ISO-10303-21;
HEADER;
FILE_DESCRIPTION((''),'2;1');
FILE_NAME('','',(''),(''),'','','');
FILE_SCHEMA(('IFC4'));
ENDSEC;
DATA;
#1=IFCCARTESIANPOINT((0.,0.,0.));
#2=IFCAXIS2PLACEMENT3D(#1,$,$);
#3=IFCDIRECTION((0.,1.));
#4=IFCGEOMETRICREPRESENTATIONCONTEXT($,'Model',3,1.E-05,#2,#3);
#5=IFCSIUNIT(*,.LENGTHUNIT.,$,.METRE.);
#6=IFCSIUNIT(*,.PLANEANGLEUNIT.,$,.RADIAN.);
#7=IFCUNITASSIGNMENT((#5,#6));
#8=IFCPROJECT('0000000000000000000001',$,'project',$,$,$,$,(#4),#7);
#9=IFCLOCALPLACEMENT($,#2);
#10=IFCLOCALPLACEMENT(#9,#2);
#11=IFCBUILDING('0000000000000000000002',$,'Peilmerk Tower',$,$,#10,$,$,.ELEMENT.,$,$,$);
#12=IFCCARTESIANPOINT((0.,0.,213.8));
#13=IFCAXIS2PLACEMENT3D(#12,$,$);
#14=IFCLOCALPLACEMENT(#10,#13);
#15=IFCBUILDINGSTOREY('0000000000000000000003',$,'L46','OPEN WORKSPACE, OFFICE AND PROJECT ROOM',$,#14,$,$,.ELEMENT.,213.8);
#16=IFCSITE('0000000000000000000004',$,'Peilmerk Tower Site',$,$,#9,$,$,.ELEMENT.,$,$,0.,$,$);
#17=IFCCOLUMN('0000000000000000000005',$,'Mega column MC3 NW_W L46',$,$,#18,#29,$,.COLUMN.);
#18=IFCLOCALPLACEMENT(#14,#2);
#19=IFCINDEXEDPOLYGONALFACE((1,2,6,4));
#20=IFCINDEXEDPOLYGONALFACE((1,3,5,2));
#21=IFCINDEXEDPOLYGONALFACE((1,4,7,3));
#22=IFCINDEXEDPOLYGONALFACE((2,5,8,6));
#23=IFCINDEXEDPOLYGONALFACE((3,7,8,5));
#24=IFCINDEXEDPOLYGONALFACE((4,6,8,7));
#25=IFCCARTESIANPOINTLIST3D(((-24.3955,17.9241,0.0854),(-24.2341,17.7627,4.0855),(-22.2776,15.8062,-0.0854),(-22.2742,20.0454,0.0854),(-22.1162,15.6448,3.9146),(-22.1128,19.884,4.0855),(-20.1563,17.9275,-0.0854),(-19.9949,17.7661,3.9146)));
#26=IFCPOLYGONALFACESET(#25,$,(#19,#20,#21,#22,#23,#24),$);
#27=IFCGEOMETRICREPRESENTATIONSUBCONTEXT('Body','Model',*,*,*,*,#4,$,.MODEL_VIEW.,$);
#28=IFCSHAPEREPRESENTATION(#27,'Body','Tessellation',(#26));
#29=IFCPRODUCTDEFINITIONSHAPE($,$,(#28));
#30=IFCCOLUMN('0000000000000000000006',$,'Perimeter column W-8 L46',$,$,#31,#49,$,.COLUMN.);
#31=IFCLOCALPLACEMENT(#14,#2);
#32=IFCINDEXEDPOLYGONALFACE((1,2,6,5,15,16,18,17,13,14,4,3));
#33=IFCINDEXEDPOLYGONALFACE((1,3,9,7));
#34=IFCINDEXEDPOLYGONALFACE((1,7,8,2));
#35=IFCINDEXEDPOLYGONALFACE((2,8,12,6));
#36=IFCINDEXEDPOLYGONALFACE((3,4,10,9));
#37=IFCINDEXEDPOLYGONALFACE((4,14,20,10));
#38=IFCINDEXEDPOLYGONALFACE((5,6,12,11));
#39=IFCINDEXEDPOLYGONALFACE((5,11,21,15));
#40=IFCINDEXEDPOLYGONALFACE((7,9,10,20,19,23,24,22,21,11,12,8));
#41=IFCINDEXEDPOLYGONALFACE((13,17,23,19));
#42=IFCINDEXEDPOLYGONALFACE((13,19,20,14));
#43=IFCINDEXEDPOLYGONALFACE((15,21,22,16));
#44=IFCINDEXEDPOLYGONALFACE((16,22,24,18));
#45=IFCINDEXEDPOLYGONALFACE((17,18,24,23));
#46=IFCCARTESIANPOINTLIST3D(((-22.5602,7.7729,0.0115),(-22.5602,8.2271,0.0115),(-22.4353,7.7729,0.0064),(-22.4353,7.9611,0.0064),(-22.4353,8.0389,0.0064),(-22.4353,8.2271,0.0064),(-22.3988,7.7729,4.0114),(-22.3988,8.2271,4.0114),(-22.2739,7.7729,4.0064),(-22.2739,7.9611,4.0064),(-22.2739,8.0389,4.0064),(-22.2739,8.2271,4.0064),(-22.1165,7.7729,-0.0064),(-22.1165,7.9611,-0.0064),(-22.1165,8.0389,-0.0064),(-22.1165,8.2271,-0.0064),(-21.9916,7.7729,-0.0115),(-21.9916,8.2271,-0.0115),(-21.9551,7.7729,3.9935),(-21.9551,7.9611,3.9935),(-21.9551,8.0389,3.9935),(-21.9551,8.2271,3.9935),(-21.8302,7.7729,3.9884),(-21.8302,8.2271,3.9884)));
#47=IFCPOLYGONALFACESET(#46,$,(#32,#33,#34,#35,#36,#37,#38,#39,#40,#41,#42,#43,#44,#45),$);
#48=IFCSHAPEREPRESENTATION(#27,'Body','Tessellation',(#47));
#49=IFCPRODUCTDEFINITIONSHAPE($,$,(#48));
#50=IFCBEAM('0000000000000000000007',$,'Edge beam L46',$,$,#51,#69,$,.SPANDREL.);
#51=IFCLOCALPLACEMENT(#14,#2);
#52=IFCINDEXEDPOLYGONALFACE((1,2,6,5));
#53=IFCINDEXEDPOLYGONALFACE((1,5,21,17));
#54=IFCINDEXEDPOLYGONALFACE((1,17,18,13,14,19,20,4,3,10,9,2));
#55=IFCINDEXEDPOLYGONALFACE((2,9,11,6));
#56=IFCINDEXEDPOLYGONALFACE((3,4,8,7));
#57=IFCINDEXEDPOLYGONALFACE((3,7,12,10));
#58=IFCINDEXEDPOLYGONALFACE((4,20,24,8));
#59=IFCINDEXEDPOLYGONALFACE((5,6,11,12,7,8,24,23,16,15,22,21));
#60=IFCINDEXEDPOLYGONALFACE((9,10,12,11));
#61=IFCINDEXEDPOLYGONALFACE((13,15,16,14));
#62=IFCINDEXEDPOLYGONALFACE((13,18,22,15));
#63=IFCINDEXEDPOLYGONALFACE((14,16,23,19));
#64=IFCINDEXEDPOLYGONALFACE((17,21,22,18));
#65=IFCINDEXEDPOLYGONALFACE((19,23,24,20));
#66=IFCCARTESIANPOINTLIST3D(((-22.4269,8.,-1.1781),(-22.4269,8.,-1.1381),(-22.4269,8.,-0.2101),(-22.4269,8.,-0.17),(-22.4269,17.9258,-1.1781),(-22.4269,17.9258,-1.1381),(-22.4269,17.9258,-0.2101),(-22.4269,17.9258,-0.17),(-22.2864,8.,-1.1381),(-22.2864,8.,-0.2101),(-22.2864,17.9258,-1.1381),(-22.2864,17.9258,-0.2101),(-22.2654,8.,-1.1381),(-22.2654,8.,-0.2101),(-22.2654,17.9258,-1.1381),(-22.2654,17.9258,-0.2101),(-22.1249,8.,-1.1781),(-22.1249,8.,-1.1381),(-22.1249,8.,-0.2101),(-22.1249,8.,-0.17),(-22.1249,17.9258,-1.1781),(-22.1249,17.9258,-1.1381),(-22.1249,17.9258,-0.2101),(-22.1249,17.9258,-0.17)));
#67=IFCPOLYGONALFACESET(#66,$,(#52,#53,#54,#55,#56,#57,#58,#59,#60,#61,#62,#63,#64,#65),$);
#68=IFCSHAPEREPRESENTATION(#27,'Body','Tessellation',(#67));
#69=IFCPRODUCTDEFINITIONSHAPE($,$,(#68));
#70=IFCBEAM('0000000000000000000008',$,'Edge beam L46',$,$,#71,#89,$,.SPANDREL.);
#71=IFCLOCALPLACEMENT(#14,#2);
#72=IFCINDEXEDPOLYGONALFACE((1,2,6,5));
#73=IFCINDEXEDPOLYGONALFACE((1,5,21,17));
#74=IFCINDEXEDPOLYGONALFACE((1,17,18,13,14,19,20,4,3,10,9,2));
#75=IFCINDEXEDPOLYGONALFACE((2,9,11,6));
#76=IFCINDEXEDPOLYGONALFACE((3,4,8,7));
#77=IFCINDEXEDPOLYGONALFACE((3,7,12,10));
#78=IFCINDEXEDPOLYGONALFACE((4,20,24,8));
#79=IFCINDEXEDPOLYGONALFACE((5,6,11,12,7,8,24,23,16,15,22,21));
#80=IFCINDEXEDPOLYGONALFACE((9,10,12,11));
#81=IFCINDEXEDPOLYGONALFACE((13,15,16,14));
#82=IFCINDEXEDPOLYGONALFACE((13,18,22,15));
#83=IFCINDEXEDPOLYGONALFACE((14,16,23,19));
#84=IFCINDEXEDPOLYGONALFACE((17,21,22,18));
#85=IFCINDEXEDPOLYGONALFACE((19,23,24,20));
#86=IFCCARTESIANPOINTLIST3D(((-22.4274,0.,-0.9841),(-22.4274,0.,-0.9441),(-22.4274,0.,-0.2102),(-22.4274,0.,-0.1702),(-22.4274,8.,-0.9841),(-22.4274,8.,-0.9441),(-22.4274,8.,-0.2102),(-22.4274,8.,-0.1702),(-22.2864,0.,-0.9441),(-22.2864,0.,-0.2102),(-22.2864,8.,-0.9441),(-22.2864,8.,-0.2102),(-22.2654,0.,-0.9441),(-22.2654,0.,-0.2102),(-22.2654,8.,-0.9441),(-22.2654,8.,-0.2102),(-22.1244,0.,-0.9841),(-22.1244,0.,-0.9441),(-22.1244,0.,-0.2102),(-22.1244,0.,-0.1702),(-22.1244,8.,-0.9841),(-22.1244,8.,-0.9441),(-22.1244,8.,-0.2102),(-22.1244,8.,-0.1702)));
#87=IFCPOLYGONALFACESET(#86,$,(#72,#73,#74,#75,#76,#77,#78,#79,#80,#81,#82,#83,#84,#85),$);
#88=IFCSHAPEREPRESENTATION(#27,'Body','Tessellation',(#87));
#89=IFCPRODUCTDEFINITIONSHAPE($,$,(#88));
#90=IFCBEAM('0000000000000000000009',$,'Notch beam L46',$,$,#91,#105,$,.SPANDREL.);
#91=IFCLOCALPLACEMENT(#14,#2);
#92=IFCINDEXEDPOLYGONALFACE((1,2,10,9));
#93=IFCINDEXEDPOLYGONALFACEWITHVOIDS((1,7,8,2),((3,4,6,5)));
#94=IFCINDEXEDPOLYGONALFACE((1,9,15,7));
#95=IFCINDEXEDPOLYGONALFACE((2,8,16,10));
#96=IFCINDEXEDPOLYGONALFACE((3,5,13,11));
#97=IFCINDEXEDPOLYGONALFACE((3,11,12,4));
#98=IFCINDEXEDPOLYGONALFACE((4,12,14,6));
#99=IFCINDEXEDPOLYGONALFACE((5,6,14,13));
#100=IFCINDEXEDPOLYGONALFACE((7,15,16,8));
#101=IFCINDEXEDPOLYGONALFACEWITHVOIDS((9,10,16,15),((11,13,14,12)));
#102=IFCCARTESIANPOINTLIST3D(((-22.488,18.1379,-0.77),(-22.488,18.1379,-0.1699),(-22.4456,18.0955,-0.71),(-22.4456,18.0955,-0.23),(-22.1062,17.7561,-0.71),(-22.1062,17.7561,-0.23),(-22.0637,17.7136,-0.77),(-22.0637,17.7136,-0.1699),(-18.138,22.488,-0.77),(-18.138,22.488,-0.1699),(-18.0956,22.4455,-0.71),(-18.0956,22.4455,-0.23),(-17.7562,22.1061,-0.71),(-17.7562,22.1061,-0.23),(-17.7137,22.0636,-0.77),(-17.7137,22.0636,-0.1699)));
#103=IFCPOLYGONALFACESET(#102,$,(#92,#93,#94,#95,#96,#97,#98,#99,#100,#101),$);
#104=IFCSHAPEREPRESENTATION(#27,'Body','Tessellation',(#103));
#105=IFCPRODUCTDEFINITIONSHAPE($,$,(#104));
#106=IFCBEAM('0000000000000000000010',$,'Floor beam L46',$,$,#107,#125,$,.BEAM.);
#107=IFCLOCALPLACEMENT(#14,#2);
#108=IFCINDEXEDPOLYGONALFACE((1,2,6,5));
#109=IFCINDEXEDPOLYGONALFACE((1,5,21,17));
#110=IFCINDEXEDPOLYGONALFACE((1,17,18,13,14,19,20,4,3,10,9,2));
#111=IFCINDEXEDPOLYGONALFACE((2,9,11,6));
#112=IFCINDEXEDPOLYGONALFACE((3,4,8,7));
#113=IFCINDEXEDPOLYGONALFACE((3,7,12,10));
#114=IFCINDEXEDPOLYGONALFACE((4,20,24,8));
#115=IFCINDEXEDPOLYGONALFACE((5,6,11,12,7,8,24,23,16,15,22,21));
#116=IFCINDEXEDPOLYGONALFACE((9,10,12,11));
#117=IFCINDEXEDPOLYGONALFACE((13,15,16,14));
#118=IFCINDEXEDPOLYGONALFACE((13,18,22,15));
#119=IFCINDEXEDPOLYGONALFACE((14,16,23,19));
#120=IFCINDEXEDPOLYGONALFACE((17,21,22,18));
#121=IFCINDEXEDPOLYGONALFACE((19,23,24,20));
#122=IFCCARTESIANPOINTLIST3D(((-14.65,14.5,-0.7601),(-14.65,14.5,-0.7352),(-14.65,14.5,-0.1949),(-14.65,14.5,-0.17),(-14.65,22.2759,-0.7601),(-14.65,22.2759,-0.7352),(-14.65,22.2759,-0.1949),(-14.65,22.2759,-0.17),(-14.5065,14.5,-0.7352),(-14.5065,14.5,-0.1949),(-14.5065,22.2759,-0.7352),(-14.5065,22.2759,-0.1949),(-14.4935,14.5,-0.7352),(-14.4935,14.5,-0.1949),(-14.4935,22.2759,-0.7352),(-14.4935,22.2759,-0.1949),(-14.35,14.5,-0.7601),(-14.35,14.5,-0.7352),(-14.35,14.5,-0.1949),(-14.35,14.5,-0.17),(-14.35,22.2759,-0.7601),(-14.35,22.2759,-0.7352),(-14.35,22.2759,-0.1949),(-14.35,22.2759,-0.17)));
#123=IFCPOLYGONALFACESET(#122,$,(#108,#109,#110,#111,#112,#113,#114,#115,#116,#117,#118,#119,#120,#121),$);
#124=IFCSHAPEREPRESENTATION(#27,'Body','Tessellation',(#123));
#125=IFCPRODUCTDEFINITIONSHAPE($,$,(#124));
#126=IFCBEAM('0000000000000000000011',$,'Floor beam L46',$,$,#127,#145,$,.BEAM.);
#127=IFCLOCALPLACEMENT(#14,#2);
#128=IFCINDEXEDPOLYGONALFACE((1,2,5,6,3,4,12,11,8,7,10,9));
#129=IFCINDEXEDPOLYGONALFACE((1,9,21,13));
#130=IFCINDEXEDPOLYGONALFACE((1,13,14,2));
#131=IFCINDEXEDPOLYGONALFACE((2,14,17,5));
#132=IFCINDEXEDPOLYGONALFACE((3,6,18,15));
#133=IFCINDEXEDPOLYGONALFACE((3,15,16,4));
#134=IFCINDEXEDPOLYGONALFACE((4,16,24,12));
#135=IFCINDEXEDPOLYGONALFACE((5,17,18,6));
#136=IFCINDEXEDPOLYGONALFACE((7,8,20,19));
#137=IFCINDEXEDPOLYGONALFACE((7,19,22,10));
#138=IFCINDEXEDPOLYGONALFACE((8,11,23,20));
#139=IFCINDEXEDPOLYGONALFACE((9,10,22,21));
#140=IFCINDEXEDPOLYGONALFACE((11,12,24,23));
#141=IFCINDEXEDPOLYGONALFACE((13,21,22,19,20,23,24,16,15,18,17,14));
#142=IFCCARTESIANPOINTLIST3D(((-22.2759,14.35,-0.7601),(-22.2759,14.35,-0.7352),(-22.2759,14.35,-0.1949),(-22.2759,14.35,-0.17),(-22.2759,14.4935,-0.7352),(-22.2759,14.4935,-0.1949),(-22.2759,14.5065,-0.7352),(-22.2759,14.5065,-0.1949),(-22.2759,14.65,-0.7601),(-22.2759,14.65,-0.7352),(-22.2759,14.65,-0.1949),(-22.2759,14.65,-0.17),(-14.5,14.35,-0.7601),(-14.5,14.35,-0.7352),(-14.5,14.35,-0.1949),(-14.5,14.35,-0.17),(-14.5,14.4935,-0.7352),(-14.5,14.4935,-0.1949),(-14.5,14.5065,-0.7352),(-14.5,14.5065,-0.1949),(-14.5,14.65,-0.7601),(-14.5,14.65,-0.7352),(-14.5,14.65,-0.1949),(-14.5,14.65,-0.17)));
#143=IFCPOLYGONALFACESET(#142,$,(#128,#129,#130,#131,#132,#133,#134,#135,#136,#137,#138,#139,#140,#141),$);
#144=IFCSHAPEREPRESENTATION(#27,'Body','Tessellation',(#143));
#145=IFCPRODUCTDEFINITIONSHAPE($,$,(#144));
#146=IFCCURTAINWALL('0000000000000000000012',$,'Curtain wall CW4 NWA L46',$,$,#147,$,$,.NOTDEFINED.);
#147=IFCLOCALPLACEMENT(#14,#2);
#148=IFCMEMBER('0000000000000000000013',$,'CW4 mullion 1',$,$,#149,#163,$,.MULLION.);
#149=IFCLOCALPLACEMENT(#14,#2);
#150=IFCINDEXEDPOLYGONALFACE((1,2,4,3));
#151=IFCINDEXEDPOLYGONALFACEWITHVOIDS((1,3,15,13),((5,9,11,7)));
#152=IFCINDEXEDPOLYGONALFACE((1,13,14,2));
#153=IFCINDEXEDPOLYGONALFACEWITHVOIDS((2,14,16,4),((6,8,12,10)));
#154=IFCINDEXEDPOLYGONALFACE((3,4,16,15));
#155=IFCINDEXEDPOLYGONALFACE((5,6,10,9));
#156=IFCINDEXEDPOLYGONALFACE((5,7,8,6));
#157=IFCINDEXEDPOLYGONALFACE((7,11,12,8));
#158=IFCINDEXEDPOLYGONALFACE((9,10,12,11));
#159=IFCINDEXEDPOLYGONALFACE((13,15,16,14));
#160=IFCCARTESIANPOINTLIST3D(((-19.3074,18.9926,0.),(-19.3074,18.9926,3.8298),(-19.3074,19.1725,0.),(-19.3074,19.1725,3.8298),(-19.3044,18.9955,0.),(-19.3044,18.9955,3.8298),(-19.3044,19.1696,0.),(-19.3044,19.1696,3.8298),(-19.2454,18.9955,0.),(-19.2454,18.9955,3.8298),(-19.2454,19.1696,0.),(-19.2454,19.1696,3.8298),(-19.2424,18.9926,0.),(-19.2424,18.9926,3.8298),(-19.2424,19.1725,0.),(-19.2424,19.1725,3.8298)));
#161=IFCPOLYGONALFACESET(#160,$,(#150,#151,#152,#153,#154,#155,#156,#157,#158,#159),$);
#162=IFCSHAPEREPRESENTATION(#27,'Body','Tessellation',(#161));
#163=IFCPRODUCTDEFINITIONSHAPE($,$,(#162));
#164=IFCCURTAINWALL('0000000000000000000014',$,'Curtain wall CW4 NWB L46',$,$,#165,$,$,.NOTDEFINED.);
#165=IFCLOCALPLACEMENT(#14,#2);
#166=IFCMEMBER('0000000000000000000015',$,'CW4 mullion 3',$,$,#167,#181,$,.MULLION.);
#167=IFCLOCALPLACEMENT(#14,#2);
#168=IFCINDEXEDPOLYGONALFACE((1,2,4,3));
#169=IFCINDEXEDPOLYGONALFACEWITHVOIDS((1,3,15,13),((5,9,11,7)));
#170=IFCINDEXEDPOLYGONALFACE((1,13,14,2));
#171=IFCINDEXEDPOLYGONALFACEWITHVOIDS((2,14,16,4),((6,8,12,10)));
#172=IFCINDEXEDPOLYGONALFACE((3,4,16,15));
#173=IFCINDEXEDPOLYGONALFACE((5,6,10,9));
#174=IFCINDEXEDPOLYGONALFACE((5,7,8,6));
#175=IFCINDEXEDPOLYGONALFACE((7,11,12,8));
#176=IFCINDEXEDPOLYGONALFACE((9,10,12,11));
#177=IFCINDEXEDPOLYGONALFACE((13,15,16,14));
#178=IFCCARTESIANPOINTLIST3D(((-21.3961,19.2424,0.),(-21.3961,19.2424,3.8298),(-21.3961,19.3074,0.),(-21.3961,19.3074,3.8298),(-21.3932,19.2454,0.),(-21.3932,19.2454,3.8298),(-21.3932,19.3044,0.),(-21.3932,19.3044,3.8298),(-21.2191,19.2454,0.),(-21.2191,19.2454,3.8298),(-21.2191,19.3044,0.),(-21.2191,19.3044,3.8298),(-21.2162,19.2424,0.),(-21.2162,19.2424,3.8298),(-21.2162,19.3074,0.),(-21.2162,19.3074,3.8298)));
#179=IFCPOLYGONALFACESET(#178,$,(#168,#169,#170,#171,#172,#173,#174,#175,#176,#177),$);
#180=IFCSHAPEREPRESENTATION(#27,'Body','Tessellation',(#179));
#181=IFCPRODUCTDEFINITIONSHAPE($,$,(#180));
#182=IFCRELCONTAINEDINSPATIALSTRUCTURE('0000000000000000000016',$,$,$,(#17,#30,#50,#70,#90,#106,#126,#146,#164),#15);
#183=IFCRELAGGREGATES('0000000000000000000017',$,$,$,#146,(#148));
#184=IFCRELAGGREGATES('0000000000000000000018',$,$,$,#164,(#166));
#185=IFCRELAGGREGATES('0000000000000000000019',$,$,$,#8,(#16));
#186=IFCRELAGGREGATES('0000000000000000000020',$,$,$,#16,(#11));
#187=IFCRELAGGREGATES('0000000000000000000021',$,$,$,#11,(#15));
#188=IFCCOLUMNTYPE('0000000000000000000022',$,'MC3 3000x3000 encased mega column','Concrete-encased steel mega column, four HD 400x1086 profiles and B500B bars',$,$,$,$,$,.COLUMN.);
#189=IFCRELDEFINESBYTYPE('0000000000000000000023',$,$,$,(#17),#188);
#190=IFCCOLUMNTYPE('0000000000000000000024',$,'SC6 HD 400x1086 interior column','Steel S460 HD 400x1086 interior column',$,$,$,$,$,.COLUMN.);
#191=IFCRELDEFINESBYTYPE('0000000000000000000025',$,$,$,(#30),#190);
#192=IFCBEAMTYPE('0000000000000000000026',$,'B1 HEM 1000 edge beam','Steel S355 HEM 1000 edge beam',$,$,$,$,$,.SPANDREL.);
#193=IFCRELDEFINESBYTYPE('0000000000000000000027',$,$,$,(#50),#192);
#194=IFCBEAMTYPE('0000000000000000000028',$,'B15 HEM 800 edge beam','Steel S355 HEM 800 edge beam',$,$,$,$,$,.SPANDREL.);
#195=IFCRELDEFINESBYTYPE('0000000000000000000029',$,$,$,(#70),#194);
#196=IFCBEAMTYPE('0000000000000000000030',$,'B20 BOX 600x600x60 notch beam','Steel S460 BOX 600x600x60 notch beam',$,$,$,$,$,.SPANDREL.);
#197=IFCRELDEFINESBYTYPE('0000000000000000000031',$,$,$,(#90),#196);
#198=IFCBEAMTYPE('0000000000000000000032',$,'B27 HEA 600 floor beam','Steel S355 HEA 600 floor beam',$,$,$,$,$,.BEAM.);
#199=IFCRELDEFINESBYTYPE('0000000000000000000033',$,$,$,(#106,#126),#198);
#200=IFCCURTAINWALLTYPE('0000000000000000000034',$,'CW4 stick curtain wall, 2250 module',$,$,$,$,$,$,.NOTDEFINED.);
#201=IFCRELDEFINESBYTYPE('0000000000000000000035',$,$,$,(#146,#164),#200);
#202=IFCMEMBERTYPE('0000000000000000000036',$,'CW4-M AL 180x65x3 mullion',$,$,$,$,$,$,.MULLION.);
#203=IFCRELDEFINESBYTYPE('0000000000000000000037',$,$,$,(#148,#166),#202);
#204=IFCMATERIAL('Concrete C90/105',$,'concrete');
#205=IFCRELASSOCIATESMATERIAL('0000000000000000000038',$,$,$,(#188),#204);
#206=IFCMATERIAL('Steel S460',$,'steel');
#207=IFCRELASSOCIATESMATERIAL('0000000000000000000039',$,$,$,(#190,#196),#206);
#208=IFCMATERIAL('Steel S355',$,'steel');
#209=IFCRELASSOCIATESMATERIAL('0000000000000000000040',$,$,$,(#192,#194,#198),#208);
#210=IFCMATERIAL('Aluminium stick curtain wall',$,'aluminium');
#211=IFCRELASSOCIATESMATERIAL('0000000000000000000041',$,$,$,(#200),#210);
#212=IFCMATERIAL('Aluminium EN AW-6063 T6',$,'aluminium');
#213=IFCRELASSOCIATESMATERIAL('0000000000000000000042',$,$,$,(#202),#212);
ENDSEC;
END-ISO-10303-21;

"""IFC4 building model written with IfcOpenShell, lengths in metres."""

from ifc_helpers import new_model, si_unit, direction, frame, origin, origin_2d, place, context, subcontext, project, spatial, rectangle, hollow_rectangle, i_section, extrude, material, material_profile, profile_set, type_object, element, aggregate, save


model = new_model("IFC4")

# Units and contexts
model_context = context("Model", 3, precision=1e-05, world=origin(), true_north=direction((0.0, 1.0)))
body_context = subcontext(model_context, "Body", "Model", "MODEL_VIEW")
ifc_project = project(units=[si_unit("LENGTHUNIT", "METRE"), si_unit("PLANEANGLEUNIT", "RADIAN")], contexts=[model_context])

# Site, building, storey
site_placement = place(None, origin())
site = spatial("IfcSite", under=ifc_project, at=site_placement, Name="Peilmerk Tower Site", CompositionType="ELEMENT", RefElevation=0.0)
building_placement = place(site_placement, origin())
building = spatial("IfcBuilding", under=site, at=building_placement, Name="Peilmerk Tower", CompositionType="ELEMENT")
storey_placement = place(building_placement, frame((0.0, 0.0, 213.8)))
storey = spatial("IfcBuildingStorey", under=building, at=storey_placement, Name="L46", Description="OPEN WORKSPACE, OFFICE AND PROJECT ROOM", CompositionType="ELEMENT", Elevation=213.8)

# Columns
ifc_material_1 = material(Name="Concrete C90/105", Category="concrete")
ifc_material_profile_1 = material_profile(ifc_material_1, rectangle(XDim=3.0, YDim=3.0, at=origin_2d()), Name="RC 3000x3000")
ifc_profile_set_1 = profile_set([ifc_material_profile_1], Name="Concrete C90/105")
column_type_1 = type_object("IfcColumnType", Name="MC3 3000x3000 encased mega column", Description="Concrete-encased steel mega column, four HD 400x1086 profiles and B500B bars", PredefinedType="COLUMN", material=ifc_profile_set_1)
column_1_placement = place(storey_placement, frame((-22.2759, 17.9258, 0.0), z_axis=(0.040279, -0.040279, 0.998376), x_axis=(0.707107, 0.707107, 0.0)))
element("IfcColumn", 1, at=column_1_placement, inside=storey, type_object=column_type_1, Name="Mega column MC3 NW_W L46", PredefinedType="COLUMN", context=body_context, shape_type="SweptSolid", body=[
    extrude(rectangle(XDim=3.0, YDim=3.0, at=origin_2d()), origin(), (0.0, 0.0, 1.0), 4.0066),
])
ifc_material_2 = material(Name="Steel S460", Category="steel")
ifc_material_profile_2 = material_profile(ifc_material_2, i_section(OverallWidth=0.4541, OverallDepth=0.5691, WebThickness=0.0779, FlangeThickness=0.125, at=origin_2d()), Name="HD 400x1086")
ifc_profile_set_2 = profile_set([ifc_material_profile_2], Name="Steel S460")
column_type_2 = type_object("IfcColumnType", Name="SC6 HD 400x1086 interior column", Description="Steel S460 HD 400x1086 interior column", PredefinedType="COLUMN", material=ifc_profile_set_2)
column_2_placement = place(storey_placement, frame((-22.2759, 8.0, 0.0), z_axis=(0.040311, 0.0, 0.999187), x_axis=(0.0, 1.0, 0.0)))
element("IfcColumn", 2, at=column_2_placement, inside=storey, type_object=column_type_2, Name="Perimeter column W-8 L46", PredefinedType="COLUMN", context=body_context, shape_type="SweptSolid", body=[
    extrude(i_section(OverallWidth=0.4541, OverallDepth=0.5691, WebThickness=0.0779, FlangeThickness=0.125, at=origin_2d()), origin(), (0.0, 0.0, 1.0), 4.0032),
])

# Beams
ifc_material_3 = material(Name="Steel S355", Category="steel")
ifc_material_profile_3 = material_profile(ifc_material_3, i_section(OverallWidth=0.302, OverallDepth=1.0081, WebThickness=0.021, FlangeThickness=0.04, at=origin_2d()), Name="HEM 1000")
ifc_profile_set_3 = profile_set([ifc_material_profile_3], Name="Steel S355")
beam_type_1 = type_object("IfcBeamType", Name="B1 HEM 1000 edge beam", Description="Steel S355 HEM 1000 edge beam", PredefinedType="SPANDREL", material=ifc_profile_set_3)
beam_1_placement = place(storey_placement, frame((-22.2759, 17.9258, -0.6741), z_axis=(0.0, -1.0, 0.0), x_axis=(1.0, 0.0, 0.0)))
element("IfcBeam", 3, at=beam_1_placement, inside=storey, type_object=beam_type_1, Name="Edge beam L46", PredefinedType="SPANDREL", context=body_context, shape_type="SweptSolid", body=[
    extrude(i_section(OverallWidth=0.302, OverallDepth=1.0081, WebThickness=0.021, FlangeThickness=0.04, at=origin_2d()), origin(), (0.0, 0.0, 1.0), 9.9258),
])
ifc_material_profile_4 = material_profile(ifc_material_3, i_section(OverallWidth=0.303, OverallDepth=0.814, WebThickness=0.021, FlangeThickness=0.04, at=origin_2d()), Name="HEM 800")
ifc_profile_set_4 = profile_set([ifc_material_profile_4], Name="Steel S355")
beam_type_2 = type_object("IfcBeamType", Name="B15 HEM 800 edge beam", Description="Steel S355 HEM 800 edge beam", PredefinedType="SPANDREL", material=ifc_profile_set_4)
beam_2_placement = place(storey_placement, frame((-22.2759, 8.0, -0.5771), z_axis=(0.0, -1.0, 0.0), x_axis=(1.0, 0.0, 0.0)))
element("IfcBeam", 4, at=beam_2_placement, inside=storey, type_object=beam_type_2, Name="Edge beam L46", PredefinedType="SPANDREL", context=body_context, shape_type="SweptSolid", body=[
    extrude(i_section(OverallWidth=0.303, OverallDepth=0.814, WebThickness=0.021, FlangeThickness=0.04, at=origin_2d()), origin(), (0.0, 0.0, 1.0), 8.0),
])
ifc_material_profile_5 = material_profile(ifc_material_2, hollow_rectangle(XDim=0.6001, YDim=0.6001, WallThickness=0.0601, at=origin_2d()), Name="BOX 600x600x60")
ifc_profile_set_5 = profile_set([ifc_material_profile_5], Name="Steel S460")
beam_type_3 = type_object("IfcBeamType", Name="B20 BOX 600x600x60 notch beam", Description="Steel S460 BOX 600x600x60 notch beam", PredefinedType="SPANDREL", material=ifc_profile_set_5)
beam_3_placement = place(storey_placement, frame((-22.2759, 17.9258, -0.47), z_axis=(0.707107, 0.707107, 0.0), x_axis=(-0.707107, 0.707107, 0.0)))
element("IfcBeam", 5, at=beam_3_placement, inside=storey, type_object=beam_type_3, Name="Notch beam L46", PredefinedType="SPANDREL", context=body_context, shape_type="SweptSolid", body=[
    extrude(hollow_rectangle(XDim=0.6001, YDim=0.6001, WallThickness=0.0601, at=origin_2d()), origin(), (0.0, 0.0, 1.0), 6.1519),
])
ifc_material_profile_6 = material_profile(ifc_material_3, i_section(OverallWidth=0.3, OverallDepth=0.5901, WebThickness=0.0129, FlangeThickness=0.0249, at=origin_2d()), Name="HEA 600")
ifc_profile_set_6 = profile_set([ifc_material_profile_6], Name="Steel S355")
beam_type_4 = type_object("IfcBeamType", Name="B27 HEA 600 floor beam", Description="Steel S355 HEA 600 floor beam", PredefinedType="BEAM", material=ifc_profile_set_6)
for number, where, z_axis, x_axis, name in (
    (6, (-14.5, 14.5, -0.4651), (0.0, 1.0, 0.0), (-1.0, 0.0, 0.0), "Floor beam L46"),
    (7, (-14.5, 14.5, -0.4651), (-1.0, 0.0, 0.0), (0.0, -1.0, 0.0), "Floor beam L46"),
):
    element("IfcBeam", number, at=place(storey_placement, frame(where, z_axis=z_axis, x_axis=x_axis)), inside=storey, type_object=beam_type_4, Name=name, PredefinedType="BEAM", context=body_context, shape_type="SweptSolid", body=[
        extrude(i_section(OverallWidth=0.3, OverallDepth=0.5901, WebThickness=0.0129, FlangeThickness=0.0249, at=origin_2d()), origin(), (0.0, 0.0, 1.0), 7.7759),
    ])

# Curtain walls, members
ifc_material_4 = material(Name="Aluminium stick curtain wall", Category="aluminium")
curtain_wall_type = type_object("IfcCurtainWallType", Name="CW4 stick curtain wall, 2250 module", PredefinedType="NOTDEFINED", material=ifc_material_4)
curtain_wall_1_placement = place(storey_placement, origin())
curtain_wall_1 = element("IfcCurtainWall", 8, at=curtain_wall_1_placement, inside=storey, type_object=curtain_wall_type, Name="Curtain wall CW4 NWA L46", PredefinedType="NOTDEFINED")
ifc_material_5 = material(Name="Aluminium EN AW-6063 T6", Category="aluminium")
ifc_material_profile_7 = material_profile(ifc_material_5, hollow_rectangle(XDim=0.0649, YDim=0.1799, WallThickness=0.0029, at=origin_2d()), Name="AL 180x65x3")
ifc_profile_set_7 = profile_set([ifc_material_profile_7], Name="Aluminium EN AW-6063 T6")
member_type_1 = type_object("IfcMemberType", Name="CW4-M AL 180x65x3 mullion", PredefinedType="MULLION", material=ifc_profile_set_7)
member_1_placement = place(storey_placement, frame((-19.2749, 19.0825, 0.0), z_axis=(0.0, 0.0, 1.0), x_axis=(-1.0, 0.0, 0.0)))
member_1 = element("IfcMember", 9, at=member_1_placement, type_object=member_type_1, Name="CW4 mullion 1", PredefinedType="MULLION", context=body_context, shape_type="SweptSolid", body=[
    extrude(hollow_rectangle(XDim=0.0649, YDim=0.1799, WallThickness=0.0029, at=origin_2d()), origin(), (0.0, 0.0, 1.0), 3.8298),
])
curtain_wall_2_placement = place(storey_placement, origin())
curtain_wall_2 = element("IfcCurtainWall", 10, at=curtain_wall_2_placement, inside=storey, type_object=curtain_wall_type, Name="Curtain wall CW4 NWB L46", PredefinedType="NOTDEFINED")
member_2_placement = place(storey_placement, frame((-21.3062, 19.2749, 0.0), z_axis=(0.0, 0.0, 1.0), x_axis=(0.0, -1.0, 0.0)))
member_2 = element("IfcMember", 11, at=member_2_placement, type_object=member_type_1, Name="CW4 mullion 3", PredefinedType="MULLION", context=body_context, shape_type="SweptSolid", body=[
    extrude(hollow_rectangle(XDim=0.0649, YDim=0.1799, WallThickness=0.0029, at=origin_2d()), origin(), (0.0, 0.0, 1.0), 3.8298),
])

aggregate(curtain_wall_1, [member_1])

aggregate(curtain_wall_2, [member_2])

save(model, "model.ifc")
